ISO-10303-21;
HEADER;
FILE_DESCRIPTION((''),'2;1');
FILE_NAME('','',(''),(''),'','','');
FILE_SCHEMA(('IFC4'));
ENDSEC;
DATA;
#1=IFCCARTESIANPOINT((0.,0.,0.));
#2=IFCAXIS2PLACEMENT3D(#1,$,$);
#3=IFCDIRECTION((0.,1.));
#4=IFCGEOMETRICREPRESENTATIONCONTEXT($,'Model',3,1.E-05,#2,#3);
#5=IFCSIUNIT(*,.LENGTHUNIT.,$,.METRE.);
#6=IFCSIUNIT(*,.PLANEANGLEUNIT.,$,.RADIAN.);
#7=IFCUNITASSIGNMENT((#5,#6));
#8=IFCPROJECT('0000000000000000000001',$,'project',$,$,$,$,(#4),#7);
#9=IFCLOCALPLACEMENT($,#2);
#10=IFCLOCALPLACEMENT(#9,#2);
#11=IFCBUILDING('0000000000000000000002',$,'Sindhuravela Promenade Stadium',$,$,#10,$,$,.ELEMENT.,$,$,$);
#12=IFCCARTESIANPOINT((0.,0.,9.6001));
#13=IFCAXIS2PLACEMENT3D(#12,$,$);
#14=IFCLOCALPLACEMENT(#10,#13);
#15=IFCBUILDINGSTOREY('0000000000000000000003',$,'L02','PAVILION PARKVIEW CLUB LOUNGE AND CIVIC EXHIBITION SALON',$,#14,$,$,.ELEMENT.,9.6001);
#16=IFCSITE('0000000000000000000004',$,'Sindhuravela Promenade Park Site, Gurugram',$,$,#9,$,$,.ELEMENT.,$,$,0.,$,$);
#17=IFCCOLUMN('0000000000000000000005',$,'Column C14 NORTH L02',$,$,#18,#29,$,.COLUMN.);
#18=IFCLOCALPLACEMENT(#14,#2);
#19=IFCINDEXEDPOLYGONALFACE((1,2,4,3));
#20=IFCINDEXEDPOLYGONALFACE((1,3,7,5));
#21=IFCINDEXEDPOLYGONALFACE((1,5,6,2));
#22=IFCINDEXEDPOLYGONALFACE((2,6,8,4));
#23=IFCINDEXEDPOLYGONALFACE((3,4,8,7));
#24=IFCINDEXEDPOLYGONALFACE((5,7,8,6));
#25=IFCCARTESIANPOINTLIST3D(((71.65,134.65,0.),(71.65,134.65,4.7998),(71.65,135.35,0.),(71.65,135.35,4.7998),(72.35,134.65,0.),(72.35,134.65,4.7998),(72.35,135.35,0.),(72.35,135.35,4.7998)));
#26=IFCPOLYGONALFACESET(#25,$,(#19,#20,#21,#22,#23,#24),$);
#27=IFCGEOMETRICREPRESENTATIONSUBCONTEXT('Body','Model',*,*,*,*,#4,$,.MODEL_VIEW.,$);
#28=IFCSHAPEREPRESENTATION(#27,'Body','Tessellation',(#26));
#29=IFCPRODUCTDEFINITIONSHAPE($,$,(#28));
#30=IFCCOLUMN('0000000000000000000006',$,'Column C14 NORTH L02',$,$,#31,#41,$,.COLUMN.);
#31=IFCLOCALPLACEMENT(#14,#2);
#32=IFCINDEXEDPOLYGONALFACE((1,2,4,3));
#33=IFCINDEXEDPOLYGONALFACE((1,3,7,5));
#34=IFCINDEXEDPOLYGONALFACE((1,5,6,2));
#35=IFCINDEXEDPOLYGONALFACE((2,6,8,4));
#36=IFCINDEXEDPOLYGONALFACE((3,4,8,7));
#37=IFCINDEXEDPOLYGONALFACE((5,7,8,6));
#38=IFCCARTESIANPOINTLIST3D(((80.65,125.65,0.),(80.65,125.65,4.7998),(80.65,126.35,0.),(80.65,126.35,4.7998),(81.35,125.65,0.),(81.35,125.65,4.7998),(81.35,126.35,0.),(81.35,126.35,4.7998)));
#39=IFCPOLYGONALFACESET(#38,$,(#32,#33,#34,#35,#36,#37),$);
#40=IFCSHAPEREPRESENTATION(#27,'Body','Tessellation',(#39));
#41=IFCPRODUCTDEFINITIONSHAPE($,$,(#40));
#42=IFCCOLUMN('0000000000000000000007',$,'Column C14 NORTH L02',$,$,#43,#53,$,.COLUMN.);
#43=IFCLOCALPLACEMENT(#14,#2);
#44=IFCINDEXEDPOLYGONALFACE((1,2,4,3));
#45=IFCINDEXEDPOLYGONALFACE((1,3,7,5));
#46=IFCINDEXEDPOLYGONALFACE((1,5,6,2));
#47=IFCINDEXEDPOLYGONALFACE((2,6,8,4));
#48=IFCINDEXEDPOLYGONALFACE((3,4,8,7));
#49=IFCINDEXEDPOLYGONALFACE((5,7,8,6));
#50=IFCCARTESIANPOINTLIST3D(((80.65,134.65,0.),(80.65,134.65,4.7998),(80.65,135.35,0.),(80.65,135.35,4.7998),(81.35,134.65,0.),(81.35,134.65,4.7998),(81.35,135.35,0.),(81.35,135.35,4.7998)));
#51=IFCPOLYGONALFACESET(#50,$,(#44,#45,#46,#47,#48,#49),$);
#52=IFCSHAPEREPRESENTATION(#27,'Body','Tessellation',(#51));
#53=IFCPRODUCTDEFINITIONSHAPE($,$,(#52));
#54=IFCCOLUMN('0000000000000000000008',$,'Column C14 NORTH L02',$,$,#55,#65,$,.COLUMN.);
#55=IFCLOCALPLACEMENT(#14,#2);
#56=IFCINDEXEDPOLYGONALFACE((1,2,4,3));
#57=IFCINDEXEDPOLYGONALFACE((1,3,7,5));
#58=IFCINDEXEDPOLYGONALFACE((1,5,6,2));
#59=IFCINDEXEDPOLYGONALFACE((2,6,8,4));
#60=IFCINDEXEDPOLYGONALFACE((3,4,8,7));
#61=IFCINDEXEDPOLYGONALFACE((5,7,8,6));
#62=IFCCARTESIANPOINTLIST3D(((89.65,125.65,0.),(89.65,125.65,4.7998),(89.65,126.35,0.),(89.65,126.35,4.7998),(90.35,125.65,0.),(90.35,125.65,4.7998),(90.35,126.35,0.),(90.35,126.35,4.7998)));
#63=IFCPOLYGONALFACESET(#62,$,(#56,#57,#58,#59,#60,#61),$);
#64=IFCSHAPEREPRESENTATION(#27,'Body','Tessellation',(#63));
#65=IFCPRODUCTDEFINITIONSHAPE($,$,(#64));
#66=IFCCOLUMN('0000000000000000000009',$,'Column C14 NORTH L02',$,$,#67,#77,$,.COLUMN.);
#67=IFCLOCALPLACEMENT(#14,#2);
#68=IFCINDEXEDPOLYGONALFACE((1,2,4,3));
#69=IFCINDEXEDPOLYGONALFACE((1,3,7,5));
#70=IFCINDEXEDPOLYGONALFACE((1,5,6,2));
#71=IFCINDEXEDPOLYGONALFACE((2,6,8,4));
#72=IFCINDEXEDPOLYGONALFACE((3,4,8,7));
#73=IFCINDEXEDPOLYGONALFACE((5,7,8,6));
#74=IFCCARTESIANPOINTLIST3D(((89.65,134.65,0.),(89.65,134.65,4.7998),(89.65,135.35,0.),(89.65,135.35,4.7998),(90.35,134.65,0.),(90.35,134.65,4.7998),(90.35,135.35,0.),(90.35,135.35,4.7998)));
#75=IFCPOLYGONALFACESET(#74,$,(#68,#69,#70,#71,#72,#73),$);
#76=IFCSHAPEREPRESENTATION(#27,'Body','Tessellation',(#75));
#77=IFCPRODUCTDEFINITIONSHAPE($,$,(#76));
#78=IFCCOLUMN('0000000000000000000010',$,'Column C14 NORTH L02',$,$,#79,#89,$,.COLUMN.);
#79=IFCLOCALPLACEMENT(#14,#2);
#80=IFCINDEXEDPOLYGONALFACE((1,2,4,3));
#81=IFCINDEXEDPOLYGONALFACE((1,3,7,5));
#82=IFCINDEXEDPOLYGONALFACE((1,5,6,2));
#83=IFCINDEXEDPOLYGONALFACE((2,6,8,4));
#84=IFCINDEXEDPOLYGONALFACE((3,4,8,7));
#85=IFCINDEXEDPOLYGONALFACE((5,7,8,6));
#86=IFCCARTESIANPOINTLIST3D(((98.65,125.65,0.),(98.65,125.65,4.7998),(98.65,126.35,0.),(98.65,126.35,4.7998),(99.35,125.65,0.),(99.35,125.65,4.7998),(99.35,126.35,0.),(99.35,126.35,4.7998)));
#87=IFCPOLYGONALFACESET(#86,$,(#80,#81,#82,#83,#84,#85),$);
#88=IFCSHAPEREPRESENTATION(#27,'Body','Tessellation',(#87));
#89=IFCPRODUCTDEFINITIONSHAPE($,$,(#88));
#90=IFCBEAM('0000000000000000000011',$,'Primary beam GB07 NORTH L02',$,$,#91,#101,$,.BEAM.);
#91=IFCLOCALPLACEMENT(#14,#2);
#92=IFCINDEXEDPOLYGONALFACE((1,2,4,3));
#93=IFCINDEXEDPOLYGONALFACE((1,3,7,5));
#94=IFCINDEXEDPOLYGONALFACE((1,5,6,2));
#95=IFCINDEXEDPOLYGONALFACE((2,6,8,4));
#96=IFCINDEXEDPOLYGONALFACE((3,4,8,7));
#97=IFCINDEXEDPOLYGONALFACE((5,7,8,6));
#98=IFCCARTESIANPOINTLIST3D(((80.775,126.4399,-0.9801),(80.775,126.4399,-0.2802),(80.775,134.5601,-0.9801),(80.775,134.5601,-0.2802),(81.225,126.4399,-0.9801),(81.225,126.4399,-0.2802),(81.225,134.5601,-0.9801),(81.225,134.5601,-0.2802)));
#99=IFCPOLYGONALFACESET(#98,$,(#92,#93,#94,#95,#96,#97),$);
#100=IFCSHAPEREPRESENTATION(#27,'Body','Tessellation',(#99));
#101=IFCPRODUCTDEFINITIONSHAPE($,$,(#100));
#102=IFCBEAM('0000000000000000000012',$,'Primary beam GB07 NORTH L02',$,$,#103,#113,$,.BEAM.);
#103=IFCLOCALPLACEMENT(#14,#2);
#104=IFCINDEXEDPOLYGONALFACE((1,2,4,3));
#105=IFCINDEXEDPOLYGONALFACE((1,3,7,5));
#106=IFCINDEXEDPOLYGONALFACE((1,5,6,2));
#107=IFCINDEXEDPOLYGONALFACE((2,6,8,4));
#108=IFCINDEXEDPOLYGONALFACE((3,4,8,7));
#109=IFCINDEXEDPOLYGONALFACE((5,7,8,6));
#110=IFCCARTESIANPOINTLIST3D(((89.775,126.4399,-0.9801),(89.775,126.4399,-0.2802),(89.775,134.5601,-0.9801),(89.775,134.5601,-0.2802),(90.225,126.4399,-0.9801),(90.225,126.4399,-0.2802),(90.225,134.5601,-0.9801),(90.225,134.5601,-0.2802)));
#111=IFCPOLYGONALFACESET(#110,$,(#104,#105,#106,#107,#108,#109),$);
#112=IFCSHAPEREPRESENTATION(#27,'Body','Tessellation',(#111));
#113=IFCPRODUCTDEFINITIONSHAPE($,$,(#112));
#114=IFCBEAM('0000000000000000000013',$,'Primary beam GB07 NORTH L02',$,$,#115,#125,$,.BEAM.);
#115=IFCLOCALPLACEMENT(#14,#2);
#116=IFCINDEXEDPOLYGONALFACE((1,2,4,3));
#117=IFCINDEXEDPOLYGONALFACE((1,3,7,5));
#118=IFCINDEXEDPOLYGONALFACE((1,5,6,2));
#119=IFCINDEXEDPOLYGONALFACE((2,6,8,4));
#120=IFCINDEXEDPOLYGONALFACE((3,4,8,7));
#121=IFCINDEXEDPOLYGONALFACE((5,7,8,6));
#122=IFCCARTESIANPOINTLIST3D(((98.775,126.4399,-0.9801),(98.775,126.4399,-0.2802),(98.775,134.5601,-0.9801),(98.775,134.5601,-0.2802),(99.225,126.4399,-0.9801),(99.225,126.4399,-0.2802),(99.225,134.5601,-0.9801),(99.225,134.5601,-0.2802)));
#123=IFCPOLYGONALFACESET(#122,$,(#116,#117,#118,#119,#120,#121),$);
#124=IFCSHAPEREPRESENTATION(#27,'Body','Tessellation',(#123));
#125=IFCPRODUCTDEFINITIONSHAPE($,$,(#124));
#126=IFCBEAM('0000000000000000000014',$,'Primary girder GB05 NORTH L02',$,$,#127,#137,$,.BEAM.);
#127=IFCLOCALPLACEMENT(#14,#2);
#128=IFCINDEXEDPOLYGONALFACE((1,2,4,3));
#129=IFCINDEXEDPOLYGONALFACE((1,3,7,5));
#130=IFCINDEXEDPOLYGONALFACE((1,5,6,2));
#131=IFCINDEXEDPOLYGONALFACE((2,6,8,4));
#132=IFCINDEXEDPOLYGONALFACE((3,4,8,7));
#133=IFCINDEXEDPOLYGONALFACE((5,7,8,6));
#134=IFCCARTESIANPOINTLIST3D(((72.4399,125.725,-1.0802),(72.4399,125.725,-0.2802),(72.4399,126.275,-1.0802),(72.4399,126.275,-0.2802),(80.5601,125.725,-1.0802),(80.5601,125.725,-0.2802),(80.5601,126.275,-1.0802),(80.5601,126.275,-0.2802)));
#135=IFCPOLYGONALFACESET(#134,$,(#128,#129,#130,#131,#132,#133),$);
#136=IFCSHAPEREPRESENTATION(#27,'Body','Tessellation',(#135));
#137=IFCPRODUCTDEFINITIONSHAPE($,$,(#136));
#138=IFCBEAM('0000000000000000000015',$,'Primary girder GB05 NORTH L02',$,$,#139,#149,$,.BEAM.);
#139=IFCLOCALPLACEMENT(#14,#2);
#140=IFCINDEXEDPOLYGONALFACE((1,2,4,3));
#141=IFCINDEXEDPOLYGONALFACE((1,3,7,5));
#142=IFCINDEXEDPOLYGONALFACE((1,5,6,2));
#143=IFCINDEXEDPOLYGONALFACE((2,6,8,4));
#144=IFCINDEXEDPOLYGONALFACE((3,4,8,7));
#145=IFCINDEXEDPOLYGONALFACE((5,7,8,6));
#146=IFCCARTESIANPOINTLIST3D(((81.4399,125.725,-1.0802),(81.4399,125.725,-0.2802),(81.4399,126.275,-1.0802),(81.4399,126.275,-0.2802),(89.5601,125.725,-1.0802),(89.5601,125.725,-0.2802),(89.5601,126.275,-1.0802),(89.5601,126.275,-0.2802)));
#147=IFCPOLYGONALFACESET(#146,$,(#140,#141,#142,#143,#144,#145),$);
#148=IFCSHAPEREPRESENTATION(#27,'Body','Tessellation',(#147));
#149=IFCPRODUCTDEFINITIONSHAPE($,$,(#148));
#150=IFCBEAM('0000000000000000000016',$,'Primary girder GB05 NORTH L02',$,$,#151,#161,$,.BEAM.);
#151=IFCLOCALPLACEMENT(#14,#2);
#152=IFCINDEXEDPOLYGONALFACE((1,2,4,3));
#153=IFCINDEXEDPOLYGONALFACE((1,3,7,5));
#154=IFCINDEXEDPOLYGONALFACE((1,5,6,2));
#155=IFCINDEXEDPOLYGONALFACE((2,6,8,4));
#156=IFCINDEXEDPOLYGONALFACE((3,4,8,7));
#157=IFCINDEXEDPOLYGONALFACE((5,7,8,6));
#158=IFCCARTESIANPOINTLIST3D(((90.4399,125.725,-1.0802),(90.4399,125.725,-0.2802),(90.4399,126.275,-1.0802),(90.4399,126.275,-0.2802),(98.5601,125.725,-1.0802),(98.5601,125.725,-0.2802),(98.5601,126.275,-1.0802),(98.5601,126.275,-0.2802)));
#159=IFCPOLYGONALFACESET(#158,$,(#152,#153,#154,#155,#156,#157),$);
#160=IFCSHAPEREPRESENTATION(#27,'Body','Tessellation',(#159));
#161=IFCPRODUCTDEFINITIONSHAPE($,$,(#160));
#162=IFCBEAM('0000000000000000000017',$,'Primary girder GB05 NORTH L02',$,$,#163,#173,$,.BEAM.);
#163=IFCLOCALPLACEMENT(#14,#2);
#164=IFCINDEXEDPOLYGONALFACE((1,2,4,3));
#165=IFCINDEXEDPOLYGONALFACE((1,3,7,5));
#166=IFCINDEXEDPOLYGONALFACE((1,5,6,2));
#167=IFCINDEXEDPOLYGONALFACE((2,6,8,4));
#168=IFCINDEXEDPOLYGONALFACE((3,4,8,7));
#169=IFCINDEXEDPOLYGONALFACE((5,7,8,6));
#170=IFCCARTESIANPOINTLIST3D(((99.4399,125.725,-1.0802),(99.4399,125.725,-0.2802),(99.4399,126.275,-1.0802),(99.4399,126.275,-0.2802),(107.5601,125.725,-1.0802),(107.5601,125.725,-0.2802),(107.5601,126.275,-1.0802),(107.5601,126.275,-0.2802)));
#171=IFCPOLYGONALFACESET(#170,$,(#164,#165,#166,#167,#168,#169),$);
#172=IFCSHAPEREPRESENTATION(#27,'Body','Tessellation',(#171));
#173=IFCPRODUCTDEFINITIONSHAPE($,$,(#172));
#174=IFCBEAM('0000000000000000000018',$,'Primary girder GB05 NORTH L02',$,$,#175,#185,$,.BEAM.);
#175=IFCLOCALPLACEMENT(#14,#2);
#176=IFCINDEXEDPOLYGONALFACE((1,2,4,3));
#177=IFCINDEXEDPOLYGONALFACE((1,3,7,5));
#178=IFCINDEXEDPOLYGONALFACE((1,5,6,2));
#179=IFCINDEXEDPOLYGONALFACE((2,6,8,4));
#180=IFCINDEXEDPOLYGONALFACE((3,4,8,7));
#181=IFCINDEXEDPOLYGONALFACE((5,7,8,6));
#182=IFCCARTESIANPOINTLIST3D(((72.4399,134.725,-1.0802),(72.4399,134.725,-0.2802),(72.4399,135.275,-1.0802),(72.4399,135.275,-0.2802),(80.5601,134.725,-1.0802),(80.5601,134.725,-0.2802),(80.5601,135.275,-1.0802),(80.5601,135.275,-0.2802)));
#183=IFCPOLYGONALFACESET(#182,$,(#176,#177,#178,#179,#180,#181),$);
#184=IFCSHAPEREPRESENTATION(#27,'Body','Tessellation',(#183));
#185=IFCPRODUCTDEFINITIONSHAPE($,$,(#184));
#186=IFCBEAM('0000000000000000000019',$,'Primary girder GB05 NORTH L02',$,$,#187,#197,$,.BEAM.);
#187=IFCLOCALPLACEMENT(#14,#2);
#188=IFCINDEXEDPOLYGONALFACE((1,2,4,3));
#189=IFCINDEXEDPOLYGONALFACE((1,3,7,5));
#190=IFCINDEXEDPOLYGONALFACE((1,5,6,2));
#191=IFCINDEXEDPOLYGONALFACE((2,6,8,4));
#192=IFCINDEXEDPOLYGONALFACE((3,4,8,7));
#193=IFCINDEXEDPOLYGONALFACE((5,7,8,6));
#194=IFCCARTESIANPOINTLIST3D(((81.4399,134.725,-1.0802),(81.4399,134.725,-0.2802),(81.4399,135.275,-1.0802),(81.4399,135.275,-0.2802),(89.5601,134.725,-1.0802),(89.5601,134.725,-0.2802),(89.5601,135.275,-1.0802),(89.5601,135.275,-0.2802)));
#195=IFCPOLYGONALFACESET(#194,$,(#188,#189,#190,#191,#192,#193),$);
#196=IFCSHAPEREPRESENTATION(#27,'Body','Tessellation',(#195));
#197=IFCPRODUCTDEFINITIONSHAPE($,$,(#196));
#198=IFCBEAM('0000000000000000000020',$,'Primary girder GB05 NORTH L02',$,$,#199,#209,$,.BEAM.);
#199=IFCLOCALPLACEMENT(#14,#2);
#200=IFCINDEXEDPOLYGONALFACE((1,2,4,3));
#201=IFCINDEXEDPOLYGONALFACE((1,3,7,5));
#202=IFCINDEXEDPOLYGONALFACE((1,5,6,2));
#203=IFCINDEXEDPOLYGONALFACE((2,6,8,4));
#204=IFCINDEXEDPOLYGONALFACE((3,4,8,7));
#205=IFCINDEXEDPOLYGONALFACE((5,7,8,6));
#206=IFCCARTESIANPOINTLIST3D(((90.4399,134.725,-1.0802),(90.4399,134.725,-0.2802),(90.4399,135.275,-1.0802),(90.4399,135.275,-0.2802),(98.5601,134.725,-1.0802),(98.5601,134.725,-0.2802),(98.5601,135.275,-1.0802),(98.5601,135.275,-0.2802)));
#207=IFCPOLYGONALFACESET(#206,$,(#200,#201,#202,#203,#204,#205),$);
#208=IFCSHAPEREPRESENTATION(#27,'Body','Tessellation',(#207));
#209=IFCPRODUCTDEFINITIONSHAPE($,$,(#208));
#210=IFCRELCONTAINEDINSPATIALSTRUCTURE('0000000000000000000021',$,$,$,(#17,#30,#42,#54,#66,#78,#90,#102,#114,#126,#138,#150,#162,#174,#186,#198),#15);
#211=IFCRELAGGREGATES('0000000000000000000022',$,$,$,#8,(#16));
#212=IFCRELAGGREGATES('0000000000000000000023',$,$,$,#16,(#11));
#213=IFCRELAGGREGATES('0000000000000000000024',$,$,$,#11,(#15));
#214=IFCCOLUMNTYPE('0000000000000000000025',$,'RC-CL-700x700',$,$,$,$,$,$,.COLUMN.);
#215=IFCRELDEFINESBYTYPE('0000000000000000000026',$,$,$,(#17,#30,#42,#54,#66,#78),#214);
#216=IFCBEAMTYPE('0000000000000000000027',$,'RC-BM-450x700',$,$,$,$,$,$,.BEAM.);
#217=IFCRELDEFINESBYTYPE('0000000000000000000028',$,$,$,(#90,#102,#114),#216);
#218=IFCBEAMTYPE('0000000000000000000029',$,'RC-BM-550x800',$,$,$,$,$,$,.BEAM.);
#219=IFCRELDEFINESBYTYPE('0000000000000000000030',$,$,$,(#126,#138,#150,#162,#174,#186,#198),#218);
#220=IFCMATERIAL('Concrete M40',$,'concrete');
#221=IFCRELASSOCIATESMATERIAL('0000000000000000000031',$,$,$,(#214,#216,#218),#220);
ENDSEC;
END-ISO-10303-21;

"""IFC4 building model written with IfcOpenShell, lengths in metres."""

from ifc_helpers import new_model, si_unit, direction, frame, origin, origin_2d, place, context, subcontext, project, spatial, rectangle, extrude, material, material_profile, profile_set, type_object, element, save


model = new_model("IFC4")

# Units and contexts
model_context = context("Model", 3, precision=1e-05, world=origin(), true_north=direction((0.0, 1.0)))
body_context = subcontext(model_context, "Body", "Model", "MODEL_VIEW")
ifc_project = project(units=[si_unit("LENGTHUNIT", "METRE"), si_unit("PLANEANGLEUNIT", "RADIAN")], contexts=[model_context])

# Site, building, storey
site_placement = place(None, origin())
site = spatial("IfcSite", under=ifc_project, at=site_placement, Name="Sindhuravela Promenade Park Site, Gurugram", CompositionType="ELEMENT", RefElevation=0.0)
building_placement = place(site_placement, origin())
building = spatial("IfcBuilding", under=site, at=building_placement, Name="Sindhuravela Promenade Stadium", CompositionType="ELEMENT")
storey_placement = place(building_placement, frame((0.0, 0.0, 9.6001)))
storey = spatial("IfcBuildingStorey", under=building, at=storey_placement, Name="L02", Description="PAVILION PARKVIEW CLUB LOUNGE AND CIVIC EXHIBITION SALON", CompositionType="ELEMENT", Elevation=9.6001)

# Columns
ifc_material_1 = material(Name="Concrete M40", Category="concrete")
ifc_material_profile_1 = material_profile(ifc_material_1, rectangle(XDim=0.7, YDim=0.7, at=origin_2d()), Name="RC 700x700")
ifc_profile_set_1 = profile_set([ifc_material_profile_1], Name="Concrete M40")
column_type = type_object("IfcColumnType", Name="RC-CL-700x700", PredefinedType="COLUMN", material=ifc_profile_set_1)
for number, where, z_axis, x_axis, name in (
    (1, (72.0, 135.0, 0.0), (0.0, 0.0, 1.0), (1.0, 0.0, 0.0), "Column C14 NORTH L02"),
    (2, (81.0, 126.0, 0.0), (0.0, 0.0, 1.0), (1.0, 0.0, 0.0), "Column C14 NORTH L02"),
    (3, (81.0, 135.0, 0.0), (0.0, 0.0, 1.0), (1.0, 0.0, 0.0), "Column C14 NORTH L02"),
    (4, (90.0, 126.0, 0.0), (0.0, 0.0, 1.0), (1.0, 0.0, 0.0), "Column C14 NORTH L02"),
    (5, (90.0, 135.0, 0.0), (0.0, 0.0, 1.0), (1.0, 0.0, 0.0), "Column C14 NORTH L02"),
    (6, (99.0, 126.0, 0.0), (0.0, 0.0, 1.0), (1.0, 0.0, 0.0), "Column C14 NORTH L02"),
):
    element("IfcColumn", number, at=place(storey_placement, frame(where, z_axis=z_axis, x_axis=x_axis)), inside=storey, type_object=column_type, Name=name, PredefinedType="COLUMN", context=body_context, shape_type="SweptSolid", body=[
        extrude(rectangle(XDim=0.7, YDim=0.7, at=origin_2d()), origin(), (0.0, 0.0, 1.0), 4.7998),
    ])

# Beams
ifc_material_profile_2 = material_profile(ifc_material_1, rectangle(XDim=0.45, YDim=0.7, at=origin_2d()), Name="RC 450x700")
ifc_profile_set_2 = profile_set([ifc_material_profile_2], Name="Concrete M40")
beam_type_1 = type_object("IfcBeamType", Name="RC-BM-450x700", PredefinedType="BEAM", material=ifc_profile_set_2)
for number, where, z_axis, x_axis, name in (
    (7, (81.0, 126.4399, -0.6301), (0.0, 1.0, 0.0), (-1.0, 0.0, 0.0), "Primary beam GB07 NORTH L02"),
    (8, (90.0, 126.4399, -0.6301), (0.0, 1.0, 0.0), (-1.0, 0.0, 0.0), "Primary beam GB07 NORTH L02"),
    (9, (99.0, 126.4399, -0.6301), (0.0, 1.0, 0.0), (-1.0, 0.0, 0.0), "Primary beam GB07 NORTH L02"),
):
    element("IfcBeam", number, at=place(storey_placement, frame(where, z_axis=z_axis, x_axis=x_axis)), inside=storey, type_object=beam_type_1, Name=name, PredefinedType="BEAM", context=body_context, shape_type="SweptSolid", body=[
        extrude(rectangle(XDim=0.45, YDim=0.7, at=origin_2d()), origin(), (0.0, 0.0, 1.0), 8.1201),
    ])
ifc_material_profile_3 = material_profile(ifc_material_1, rectangle(XDim=0.55, YDim=0.8, at=origin_2d()), Name="RC 550x800")
ifc_profile_set_3 = profile_set([ifc_material_profile_3], Name="Concrete M40")
beam_type_2 = type_object("IfcBeamType", Name="RC-BM-550x800", PredefinedType="BEAM", material=ifc_profile_set_3)
for number, where, z_axis, x_axis, name in (
    (10, (72.4399, 126.0, -0.6802), (1.0, 0.0, 0.0), (0.0, 1.0, 0.0), "Primary girder GB05 NORTH L02"),
    (11, (81.4399, 126.0, -0.6802), (1.0, 0.0, 0.0), (0.0, 1.0, 0.0), "Primary girder GB05 NORTH L02"),
    (12, (90.4399, 126.0, -0.6802), (1.0, 0.0, 0.0), (0.0, 1.0, 0.0), "Primary girder GB05 NORTH L02"),
    (13, (99.4399, 126.0, -0.6802), (1.0, 0.0, 0.0), (0.0, 1.0, 0.0), "Primary girder GB05 NORTH L02"),
    (14, (72.4399, 135.0, -0.6802), (1.0, 0.0, 0.0), (0.0, 1.0, 0.0), "Primary girder GB05 NORTH L02"),
    (15, (81.4399, 135.0, -0.6802), (1.0, 0.0, 0.0), (0.0, 1.0, 0.0), "Primary girder GB05 NORTH L02"),
    (16, (90.4399, 135.0, -0.6802), (1.0, 0.0, 0.0), (0.0, 1.0, 0.0), "Primary girder GB05 NORTH L02"),
):
    element("IfcBeam", number, at=place(storey_placement, frame(where, z_axis=z_axis, x_axis=x_axis)), inside=storey, type_object=beam_type_2, Name=name, PredefinedType="BEAM", context=body_context, shape_type="SweptSolid", body=[
        extrude(rectangle(XDim=0.55, YDim=0.8, at=origin_2d()), origin(), (0.0, 0.0, 1.0), 8.1201),
    ])

save(model, "model.ifc")
